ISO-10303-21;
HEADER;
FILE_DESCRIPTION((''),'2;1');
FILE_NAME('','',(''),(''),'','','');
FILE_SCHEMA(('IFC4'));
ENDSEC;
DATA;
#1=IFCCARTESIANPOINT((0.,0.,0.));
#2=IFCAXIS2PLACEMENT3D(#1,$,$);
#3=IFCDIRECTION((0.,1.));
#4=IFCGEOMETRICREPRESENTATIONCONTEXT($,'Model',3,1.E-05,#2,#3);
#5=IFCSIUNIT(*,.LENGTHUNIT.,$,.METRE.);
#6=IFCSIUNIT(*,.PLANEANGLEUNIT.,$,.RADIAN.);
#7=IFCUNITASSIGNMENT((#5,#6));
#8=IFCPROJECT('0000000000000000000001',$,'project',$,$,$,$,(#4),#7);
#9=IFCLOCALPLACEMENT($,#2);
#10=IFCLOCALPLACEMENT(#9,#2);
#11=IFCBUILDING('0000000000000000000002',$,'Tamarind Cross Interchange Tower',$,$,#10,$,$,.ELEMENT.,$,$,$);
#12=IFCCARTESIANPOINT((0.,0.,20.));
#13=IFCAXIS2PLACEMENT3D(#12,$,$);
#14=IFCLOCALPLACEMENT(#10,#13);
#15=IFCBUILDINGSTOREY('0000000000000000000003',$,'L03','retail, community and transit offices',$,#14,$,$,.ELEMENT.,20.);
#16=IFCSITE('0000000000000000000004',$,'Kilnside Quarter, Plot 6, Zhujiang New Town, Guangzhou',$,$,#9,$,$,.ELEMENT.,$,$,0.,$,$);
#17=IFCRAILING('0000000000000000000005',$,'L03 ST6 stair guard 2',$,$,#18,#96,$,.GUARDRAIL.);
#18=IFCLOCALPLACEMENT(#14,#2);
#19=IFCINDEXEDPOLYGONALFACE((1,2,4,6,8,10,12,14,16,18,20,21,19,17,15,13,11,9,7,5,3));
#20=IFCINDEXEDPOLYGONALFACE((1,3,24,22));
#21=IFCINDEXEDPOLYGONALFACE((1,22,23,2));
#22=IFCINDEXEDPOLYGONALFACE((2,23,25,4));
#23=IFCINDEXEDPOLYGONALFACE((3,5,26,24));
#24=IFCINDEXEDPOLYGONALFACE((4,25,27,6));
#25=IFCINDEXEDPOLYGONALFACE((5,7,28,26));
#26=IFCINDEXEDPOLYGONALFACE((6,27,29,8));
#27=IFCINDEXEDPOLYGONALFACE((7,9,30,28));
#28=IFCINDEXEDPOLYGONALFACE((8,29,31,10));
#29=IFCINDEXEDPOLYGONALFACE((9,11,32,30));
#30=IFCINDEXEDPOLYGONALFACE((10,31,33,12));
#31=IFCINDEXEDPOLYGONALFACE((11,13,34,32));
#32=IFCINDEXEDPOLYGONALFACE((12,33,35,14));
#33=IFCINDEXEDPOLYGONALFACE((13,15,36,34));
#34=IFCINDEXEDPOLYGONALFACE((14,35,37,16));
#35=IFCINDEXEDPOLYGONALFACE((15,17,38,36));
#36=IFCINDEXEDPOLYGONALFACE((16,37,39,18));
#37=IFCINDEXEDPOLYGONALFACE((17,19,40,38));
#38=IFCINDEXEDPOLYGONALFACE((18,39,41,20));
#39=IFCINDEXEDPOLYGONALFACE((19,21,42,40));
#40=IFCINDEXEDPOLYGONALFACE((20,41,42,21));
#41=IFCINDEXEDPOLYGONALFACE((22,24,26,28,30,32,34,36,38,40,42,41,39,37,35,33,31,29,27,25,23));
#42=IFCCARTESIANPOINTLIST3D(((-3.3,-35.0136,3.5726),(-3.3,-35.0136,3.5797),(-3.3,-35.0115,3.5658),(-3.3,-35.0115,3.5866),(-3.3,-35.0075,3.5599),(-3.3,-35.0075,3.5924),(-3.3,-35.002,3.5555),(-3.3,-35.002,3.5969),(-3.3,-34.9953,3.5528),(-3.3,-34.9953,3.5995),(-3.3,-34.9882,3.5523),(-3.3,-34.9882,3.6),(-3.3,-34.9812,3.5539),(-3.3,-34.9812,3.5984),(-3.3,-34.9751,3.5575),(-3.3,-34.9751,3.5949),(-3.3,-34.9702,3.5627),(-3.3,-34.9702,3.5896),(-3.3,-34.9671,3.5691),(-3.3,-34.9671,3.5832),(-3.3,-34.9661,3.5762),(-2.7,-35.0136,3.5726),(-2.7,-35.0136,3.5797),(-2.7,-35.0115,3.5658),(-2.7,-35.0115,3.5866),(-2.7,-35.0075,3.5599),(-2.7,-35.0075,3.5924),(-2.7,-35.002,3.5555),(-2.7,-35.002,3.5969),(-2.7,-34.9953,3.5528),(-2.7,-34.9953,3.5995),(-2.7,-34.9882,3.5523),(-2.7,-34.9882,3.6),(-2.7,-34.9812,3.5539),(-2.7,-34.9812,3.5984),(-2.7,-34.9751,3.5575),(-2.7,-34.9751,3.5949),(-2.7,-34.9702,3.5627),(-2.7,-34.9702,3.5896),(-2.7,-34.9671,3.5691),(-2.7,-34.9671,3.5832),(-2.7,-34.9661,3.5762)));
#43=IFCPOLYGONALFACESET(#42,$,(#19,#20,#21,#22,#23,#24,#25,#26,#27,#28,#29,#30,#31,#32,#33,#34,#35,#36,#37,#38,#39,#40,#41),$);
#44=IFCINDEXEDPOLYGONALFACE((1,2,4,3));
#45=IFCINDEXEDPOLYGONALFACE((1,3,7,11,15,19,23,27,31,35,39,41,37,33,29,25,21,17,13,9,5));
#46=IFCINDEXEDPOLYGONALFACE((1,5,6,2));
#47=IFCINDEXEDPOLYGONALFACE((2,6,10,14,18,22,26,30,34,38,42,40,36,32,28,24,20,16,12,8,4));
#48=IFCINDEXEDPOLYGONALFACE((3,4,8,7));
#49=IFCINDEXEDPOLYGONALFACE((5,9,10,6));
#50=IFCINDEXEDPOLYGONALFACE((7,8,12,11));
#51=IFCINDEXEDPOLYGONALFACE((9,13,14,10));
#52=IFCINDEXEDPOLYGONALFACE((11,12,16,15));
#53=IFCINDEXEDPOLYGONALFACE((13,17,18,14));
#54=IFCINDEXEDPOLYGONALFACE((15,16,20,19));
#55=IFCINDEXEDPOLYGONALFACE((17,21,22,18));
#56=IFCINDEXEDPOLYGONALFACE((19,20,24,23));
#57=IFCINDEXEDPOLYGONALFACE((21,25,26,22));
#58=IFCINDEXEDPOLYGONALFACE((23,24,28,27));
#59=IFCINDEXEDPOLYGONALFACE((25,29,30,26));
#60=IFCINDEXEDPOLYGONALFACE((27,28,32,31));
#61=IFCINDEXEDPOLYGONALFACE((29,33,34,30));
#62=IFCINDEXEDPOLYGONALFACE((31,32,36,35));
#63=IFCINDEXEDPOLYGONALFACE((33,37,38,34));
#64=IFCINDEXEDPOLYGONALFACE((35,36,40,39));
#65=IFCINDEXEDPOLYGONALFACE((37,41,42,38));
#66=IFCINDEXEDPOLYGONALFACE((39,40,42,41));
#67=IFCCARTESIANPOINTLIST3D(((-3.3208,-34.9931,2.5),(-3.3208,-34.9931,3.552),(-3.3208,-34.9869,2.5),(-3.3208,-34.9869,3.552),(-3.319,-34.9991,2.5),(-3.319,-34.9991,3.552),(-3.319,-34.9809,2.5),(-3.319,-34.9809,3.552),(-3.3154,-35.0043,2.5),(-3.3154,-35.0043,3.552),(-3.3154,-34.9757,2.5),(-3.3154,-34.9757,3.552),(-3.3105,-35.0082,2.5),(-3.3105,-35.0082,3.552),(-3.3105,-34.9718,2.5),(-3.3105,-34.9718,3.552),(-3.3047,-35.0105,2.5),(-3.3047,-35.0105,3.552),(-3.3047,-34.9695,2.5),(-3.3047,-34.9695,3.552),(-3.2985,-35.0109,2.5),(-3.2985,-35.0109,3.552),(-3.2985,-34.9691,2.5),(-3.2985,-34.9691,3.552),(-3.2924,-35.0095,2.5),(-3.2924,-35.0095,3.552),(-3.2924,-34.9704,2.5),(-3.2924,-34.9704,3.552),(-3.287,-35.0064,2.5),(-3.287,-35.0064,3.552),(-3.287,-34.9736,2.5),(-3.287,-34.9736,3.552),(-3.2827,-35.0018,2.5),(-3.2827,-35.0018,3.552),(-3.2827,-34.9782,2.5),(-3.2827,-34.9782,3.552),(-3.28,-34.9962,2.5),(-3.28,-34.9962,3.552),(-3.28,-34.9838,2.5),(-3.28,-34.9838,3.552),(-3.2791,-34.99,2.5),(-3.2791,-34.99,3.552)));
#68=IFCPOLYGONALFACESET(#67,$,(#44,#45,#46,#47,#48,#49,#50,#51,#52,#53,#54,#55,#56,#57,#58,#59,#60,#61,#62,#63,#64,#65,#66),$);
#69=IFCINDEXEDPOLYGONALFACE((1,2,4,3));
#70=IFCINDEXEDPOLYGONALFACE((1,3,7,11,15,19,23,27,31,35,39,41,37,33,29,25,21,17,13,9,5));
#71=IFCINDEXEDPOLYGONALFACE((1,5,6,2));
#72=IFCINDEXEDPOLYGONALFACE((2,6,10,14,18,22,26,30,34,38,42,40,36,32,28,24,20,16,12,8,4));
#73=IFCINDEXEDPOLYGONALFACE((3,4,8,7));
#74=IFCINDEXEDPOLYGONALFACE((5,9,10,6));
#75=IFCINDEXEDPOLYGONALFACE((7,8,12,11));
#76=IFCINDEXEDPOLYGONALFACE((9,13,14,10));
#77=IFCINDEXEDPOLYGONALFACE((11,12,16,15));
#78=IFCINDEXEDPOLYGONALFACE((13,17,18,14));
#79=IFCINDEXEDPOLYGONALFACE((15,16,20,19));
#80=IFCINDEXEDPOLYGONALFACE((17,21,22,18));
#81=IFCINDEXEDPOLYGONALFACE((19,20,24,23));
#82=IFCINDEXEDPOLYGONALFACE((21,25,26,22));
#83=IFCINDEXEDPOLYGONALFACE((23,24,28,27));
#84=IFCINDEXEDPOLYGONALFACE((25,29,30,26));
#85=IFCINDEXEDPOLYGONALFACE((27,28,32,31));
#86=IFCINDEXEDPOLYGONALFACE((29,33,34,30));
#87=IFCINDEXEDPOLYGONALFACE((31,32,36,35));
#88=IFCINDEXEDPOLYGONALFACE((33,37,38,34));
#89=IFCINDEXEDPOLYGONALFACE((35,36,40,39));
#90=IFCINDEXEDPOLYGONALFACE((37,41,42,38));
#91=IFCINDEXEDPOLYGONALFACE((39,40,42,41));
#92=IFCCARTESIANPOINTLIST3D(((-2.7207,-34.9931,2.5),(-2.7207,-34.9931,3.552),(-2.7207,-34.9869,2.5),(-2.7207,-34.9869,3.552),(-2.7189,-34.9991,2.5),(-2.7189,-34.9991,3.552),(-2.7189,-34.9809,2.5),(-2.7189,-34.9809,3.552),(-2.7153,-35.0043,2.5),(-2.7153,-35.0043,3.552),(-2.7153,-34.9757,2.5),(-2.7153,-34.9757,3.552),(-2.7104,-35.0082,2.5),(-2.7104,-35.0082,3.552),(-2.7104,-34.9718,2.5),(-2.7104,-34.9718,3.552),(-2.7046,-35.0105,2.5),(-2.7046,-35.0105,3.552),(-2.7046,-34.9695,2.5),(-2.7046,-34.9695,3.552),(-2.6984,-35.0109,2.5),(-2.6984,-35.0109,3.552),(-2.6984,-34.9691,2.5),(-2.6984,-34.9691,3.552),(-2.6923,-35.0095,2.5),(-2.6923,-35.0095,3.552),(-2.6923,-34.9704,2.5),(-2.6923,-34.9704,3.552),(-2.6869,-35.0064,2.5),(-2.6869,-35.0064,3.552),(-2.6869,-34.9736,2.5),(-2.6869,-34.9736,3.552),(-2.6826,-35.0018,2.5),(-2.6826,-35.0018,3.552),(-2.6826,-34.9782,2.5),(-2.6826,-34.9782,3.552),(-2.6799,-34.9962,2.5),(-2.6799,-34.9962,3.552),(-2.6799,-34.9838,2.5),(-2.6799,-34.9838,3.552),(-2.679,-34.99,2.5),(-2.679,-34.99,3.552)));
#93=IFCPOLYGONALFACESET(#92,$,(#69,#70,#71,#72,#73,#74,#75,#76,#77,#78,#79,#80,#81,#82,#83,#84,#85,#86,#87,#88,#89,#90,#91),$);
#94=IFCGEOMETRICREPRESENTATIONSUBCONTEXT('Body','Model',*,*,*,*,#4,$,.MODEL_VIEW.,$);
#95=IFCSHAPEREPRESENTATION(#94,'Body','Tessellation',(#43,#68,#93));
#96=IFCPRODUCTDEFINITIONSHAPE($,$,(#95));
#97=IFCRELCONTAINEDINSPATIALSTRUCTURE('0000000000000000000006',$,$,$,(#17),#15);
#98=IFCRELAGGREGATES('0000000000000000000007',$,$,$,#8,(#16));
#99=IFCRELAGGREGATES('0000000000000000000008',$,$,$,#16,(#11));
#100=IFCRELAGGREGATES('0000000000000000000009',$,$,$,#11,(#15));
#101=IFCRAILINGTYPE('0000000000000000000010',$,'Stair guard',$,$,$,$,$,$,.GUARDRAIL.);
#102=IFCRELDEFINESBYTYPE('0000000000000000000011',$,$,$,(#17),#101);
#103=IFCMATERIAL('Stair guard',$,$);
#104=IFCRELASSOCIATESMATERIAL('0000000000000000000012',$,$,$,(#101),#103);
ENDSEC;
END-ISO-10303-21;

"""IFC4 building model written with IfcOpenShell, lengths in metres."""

from ifc_helpers import new_model, si_unit, direction, frame, origin, origin_2d, place, context, subcontext, project, spatial, circle, extrude, material, type_object, element, save


model = new_model("IFC4")

# Units and contexts
model_context = context("Model", 3, precision=1e-05, world=origin(), true_north=direction((0.0, 1.0)))
body_context = subcontext(model_context, "Body", "Model", "MODEL_VIEW")
ifc_project = project(units=[si_unit("LENGTHUNIT", "METRE"), si_unit("PLANEANGLEUNIT", "RADIAN")], contexts=[model_context])

# Site, building, storey
site_placement = place(None, origin())
site = spatial("IfcSite", under=ifc_project, at=site_placement, Name="Kilnside Quarter, Plot 6, Zhujiang New Town, Guangzhou", CompositionType="ELEMENT", RefElevation=0.0)
building_placement = place(site_placement, origin())
building = spatial("IfcBuilding", under=site, at=building_placement, Name="Tamarind Cross Interchange Tower", CompositionType="ELEMENT")
storey_placement = place(building_placement, frame((0.0, 0.0, 20.0)))
storey = spatial("IfcBuildingStorey", under=building, at=storey_placement, Name="L03", Description="retail, community and transit offices", CompositionType="ELEMENT", Elevation=20.0)

# Railing
ifc_material_1 = material(Name="Stair guard")
railing_type_1 = type_object("IfcRailingType", Name="Stair guard", PredefinedType="GUARDRAIL", material=ifc_material_1)
railing_1_placement = place(storey_placement, frame((-3.3, -34.99, 2.5)))
element("IfcRailing", 1, at=railing_1_placement, inside=storey, type_object=railing_type_1, Name="L03 ST6 stair guard 2", PredefinedType="GUARDRAIL", context=body_context, shape_type="SweptSolid", body=[
    extrude(circle(Radius=0.0239, at=origin_2d()), frame((0.0, 0.0, 1.0762), z_axis=(1.0, 0.0, 0.0), x_axis=(0.0, 1.0, 0.0)), (0.0, 0.0, 1.0), 0.6001),
    extrude(circle(Radius=0.021, at=origin_2d()), origin(), (0.0, 0.0, 1.0), 1.052),
    extrude(circle(Radius=0.021, at=origin_2d()), frame((0.6001, 0.0, 0.0)), (0.0, 0.0, 1.0), 1.052),
])

save(model, "model.ifc")
